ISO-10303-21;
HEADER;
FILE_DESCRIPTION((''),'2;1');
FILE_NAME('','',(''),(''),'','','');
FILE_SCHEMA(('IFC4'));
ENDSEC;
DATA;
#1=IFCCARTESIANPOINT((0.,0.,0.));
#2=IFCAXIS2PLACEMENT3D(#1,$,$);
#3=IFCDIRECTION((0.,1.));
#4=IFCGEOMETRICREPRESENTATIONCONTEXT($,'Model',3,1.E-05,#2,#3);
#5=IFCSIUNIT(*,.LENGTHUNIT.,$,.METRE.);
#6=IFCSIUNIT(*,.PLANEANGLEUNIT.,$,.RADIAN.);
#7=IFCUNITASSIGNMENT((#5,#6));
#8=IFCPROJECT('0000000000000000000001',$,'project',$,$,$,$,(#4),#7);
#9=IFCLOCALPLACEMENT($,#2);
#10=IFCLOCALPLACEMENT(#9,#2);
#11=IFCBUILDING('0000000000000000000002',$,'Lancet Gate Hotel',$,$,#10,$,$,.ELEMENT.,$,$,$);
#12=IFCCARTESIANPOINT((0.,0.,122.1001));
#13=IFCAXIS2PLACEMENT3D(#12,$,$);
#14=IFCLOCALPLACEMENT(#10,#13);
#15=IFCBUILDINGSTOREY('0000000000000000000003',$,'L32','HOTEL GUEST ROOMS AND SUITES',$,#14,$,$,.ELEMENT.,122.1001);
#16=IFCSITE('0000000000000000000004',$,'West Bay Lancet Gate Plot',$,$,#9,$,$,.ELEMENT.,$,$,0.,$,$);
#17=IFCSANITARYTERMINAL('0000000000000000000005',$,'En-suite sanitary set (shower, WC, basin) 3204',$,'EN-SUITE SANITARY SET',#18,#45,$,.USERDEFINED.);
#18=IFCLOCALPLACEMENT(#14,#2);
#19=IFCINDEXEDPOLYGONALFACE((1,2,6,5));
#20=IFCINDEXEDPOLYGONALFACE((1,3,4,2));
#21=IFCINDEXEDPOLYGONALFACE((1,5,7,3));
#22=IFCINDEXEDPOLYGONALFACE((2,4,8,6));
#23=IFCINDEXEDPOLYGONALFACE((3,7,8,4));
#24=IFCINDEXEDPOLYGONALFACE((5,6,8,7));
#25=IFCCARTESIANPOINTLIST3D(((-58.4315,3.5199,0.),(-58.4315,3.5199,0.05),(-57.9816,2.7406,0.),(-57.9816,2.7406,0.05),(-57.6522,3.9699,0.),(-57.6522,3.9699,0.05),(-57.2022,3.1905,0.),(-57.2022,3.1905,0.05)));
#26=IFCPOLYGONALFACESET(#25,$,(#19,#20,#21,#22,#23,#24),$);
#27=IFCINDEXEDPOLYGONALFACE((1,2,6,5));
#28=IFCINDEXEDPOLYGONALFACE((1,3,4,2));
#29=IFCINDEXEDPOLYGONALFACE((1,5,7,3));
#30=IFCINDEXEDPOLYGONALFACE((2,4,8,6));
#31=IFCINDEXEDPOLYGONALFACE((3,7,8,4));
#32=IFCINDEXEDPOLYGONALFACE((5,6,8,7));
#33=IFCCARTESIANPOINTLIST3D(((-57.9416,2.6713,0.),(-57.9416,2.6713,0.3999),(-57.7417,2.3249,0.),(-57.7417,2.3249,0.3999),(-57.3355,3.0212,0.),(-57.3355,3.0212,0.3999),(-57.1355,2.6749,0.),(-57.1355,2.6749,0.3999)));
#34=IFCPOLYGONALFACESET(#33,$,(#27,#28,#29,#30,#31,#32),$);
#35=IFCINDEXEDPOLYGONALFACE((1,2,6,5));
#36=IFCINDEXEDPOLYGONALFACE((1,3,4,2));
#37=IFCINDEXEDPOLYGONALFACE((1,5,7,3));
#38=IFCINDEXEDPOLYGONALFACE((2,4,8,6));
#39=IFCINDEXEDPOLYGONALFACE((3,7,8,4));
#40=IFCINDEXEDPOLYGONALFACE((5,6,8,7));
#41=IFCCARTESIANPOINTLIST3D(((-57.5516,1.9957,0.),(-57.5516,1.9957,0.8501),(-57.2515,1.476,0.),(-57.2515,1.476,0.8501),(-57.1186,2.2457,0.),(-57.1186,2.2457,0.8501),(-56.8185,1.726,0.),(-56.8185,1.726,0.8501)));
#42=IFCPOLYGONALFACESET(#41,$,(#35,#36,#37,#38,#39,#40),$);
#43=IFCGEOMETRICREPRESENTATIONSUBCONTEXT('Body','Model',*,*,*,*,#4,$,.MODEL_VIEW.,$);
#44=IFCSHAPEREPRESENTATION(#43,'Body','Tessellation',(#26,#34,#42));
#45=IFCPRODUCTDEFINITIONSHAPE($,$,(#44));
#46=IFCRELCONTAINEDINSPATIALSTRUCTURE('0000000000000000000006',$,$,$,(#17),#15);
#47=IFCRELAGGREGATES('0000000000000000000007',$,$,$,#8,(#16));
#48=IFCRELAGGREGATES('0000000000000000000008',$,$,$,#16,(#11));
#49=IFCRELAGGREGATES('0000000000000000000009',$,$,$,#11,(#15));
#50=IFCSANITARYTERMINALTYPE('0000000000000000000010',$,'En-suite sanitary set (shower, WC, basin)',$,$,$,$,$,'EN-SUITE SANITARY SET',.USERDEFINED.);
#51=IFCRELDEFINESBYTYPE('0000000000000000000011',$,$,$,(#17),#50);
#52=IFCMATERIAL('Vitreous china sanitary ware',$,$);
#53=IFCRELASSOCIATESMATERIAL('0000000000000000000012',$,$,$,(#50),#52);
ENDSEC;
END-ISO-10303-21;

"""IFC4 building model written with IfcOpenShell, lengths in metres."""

from ifc_helpers import new_model, si_unit, direction, frame, origin, origin_2d, place, context, subcontext, project, spatial, rectangle, extrude, material, type_object, element, save


model = new_model("IFC4")

# Units and contexts
model_context = context("Model", 3, precision=1e-05, world=origin(), true_north=direction((0.0, 1.0)))
body_context = subcontext(model_context, "Body", "Model", "MODEL_VIEW")
ifc_project = project(units=[si_unit("LENGTHUNIT", "METRE"), si_unit("PLANEANGLEUNIT", "RADIAN")], contexts=[model_context])

# Site, building, storey
site_placement = place(None, origin())
site = spatial("IfcSite", under=ifc_project, at=site_placement, Name="West Bay Lancet Gate Plot", CompositionType="ELEMENT", RefElevation=0.0)
building_placement = place(site_placement, origin())
building = spatial("IfcBuilding", under=site, at=building_placement, Name="Lancet Gate Hotel", CompositionType="ELEMENT")
storey_placement = place(building_placement, frame((0.0, 0.0, 122.1001)))
storey = spatial("IfcBuildingStorey", under=building, at=storey_placement, Name="L32", Description="HOTEL GUEST ROOMS AND SUITES", CompositionType="ELEMENT", Elevation=122.1001)

# Sanitary terminal
ifc_material_1 = material(Name="Vitreous china sanitary ware")
sanitary_terminal_type = type_object("IfcSanitaryTerminalType", Name="En-suite sanitary set (shower, WC, basin)", ElementType="EN-SUITE SANITARY SET", PredefinedType="USERDEFINED", material=ifc_material_1)
sanitary_terminal_placement = place(storey_placement, frame((-57.8169, 3.3552, 0.0), z_axis=(0.0, 0.0, 1.0), x_axis=(1.0, 0.0, 0.0)))
element("IfcSanitaryTerminal", 1, at=sanitary_terminal_placement, inside=storey, type_object=sanitary_terminal_type, Name="En-suite sanitary set (shower, WC, basin) 3204", ObjectType="EN-SUITE SANITARY SET", PredefinedType="USERDEFINED", context=body_context, shape_type="SweptSolid", body=[
    extrude(rectangle(XDim=0.8999, YDim=0.8999, at=origin_2d()), frame((0.0, 0.0, 0.0), z_axis=(0.0, 0.0, 1.0), x_axis=(-0.5, 0.866025, 0.0)), (0.0, 0.0, 1.0), 0.05),
    extrude(rectangle(XDim=0.3999, YDim=0.7, at=origin_2d()), frame((0.2783, -0.6821, 0.0), z_axis=(0.0, 0.0, 1.0), x_axis=(-0.5, 0.866025, 0.0)), (0.0, 0.0, 1.0), 0.3999),
    extrude(rectangle(XDim=0.6001, YDim=0.5, at=origin_2d()), frame((0.6318, -1.4944, 0.0), z_axis=(0.0, 0.0, 1.0), x_axis=(-0.5, 0.866025, 0.0)), (0.0, 0.0, 1.0), 0.8501),
])

save(model, "model.ifc")
